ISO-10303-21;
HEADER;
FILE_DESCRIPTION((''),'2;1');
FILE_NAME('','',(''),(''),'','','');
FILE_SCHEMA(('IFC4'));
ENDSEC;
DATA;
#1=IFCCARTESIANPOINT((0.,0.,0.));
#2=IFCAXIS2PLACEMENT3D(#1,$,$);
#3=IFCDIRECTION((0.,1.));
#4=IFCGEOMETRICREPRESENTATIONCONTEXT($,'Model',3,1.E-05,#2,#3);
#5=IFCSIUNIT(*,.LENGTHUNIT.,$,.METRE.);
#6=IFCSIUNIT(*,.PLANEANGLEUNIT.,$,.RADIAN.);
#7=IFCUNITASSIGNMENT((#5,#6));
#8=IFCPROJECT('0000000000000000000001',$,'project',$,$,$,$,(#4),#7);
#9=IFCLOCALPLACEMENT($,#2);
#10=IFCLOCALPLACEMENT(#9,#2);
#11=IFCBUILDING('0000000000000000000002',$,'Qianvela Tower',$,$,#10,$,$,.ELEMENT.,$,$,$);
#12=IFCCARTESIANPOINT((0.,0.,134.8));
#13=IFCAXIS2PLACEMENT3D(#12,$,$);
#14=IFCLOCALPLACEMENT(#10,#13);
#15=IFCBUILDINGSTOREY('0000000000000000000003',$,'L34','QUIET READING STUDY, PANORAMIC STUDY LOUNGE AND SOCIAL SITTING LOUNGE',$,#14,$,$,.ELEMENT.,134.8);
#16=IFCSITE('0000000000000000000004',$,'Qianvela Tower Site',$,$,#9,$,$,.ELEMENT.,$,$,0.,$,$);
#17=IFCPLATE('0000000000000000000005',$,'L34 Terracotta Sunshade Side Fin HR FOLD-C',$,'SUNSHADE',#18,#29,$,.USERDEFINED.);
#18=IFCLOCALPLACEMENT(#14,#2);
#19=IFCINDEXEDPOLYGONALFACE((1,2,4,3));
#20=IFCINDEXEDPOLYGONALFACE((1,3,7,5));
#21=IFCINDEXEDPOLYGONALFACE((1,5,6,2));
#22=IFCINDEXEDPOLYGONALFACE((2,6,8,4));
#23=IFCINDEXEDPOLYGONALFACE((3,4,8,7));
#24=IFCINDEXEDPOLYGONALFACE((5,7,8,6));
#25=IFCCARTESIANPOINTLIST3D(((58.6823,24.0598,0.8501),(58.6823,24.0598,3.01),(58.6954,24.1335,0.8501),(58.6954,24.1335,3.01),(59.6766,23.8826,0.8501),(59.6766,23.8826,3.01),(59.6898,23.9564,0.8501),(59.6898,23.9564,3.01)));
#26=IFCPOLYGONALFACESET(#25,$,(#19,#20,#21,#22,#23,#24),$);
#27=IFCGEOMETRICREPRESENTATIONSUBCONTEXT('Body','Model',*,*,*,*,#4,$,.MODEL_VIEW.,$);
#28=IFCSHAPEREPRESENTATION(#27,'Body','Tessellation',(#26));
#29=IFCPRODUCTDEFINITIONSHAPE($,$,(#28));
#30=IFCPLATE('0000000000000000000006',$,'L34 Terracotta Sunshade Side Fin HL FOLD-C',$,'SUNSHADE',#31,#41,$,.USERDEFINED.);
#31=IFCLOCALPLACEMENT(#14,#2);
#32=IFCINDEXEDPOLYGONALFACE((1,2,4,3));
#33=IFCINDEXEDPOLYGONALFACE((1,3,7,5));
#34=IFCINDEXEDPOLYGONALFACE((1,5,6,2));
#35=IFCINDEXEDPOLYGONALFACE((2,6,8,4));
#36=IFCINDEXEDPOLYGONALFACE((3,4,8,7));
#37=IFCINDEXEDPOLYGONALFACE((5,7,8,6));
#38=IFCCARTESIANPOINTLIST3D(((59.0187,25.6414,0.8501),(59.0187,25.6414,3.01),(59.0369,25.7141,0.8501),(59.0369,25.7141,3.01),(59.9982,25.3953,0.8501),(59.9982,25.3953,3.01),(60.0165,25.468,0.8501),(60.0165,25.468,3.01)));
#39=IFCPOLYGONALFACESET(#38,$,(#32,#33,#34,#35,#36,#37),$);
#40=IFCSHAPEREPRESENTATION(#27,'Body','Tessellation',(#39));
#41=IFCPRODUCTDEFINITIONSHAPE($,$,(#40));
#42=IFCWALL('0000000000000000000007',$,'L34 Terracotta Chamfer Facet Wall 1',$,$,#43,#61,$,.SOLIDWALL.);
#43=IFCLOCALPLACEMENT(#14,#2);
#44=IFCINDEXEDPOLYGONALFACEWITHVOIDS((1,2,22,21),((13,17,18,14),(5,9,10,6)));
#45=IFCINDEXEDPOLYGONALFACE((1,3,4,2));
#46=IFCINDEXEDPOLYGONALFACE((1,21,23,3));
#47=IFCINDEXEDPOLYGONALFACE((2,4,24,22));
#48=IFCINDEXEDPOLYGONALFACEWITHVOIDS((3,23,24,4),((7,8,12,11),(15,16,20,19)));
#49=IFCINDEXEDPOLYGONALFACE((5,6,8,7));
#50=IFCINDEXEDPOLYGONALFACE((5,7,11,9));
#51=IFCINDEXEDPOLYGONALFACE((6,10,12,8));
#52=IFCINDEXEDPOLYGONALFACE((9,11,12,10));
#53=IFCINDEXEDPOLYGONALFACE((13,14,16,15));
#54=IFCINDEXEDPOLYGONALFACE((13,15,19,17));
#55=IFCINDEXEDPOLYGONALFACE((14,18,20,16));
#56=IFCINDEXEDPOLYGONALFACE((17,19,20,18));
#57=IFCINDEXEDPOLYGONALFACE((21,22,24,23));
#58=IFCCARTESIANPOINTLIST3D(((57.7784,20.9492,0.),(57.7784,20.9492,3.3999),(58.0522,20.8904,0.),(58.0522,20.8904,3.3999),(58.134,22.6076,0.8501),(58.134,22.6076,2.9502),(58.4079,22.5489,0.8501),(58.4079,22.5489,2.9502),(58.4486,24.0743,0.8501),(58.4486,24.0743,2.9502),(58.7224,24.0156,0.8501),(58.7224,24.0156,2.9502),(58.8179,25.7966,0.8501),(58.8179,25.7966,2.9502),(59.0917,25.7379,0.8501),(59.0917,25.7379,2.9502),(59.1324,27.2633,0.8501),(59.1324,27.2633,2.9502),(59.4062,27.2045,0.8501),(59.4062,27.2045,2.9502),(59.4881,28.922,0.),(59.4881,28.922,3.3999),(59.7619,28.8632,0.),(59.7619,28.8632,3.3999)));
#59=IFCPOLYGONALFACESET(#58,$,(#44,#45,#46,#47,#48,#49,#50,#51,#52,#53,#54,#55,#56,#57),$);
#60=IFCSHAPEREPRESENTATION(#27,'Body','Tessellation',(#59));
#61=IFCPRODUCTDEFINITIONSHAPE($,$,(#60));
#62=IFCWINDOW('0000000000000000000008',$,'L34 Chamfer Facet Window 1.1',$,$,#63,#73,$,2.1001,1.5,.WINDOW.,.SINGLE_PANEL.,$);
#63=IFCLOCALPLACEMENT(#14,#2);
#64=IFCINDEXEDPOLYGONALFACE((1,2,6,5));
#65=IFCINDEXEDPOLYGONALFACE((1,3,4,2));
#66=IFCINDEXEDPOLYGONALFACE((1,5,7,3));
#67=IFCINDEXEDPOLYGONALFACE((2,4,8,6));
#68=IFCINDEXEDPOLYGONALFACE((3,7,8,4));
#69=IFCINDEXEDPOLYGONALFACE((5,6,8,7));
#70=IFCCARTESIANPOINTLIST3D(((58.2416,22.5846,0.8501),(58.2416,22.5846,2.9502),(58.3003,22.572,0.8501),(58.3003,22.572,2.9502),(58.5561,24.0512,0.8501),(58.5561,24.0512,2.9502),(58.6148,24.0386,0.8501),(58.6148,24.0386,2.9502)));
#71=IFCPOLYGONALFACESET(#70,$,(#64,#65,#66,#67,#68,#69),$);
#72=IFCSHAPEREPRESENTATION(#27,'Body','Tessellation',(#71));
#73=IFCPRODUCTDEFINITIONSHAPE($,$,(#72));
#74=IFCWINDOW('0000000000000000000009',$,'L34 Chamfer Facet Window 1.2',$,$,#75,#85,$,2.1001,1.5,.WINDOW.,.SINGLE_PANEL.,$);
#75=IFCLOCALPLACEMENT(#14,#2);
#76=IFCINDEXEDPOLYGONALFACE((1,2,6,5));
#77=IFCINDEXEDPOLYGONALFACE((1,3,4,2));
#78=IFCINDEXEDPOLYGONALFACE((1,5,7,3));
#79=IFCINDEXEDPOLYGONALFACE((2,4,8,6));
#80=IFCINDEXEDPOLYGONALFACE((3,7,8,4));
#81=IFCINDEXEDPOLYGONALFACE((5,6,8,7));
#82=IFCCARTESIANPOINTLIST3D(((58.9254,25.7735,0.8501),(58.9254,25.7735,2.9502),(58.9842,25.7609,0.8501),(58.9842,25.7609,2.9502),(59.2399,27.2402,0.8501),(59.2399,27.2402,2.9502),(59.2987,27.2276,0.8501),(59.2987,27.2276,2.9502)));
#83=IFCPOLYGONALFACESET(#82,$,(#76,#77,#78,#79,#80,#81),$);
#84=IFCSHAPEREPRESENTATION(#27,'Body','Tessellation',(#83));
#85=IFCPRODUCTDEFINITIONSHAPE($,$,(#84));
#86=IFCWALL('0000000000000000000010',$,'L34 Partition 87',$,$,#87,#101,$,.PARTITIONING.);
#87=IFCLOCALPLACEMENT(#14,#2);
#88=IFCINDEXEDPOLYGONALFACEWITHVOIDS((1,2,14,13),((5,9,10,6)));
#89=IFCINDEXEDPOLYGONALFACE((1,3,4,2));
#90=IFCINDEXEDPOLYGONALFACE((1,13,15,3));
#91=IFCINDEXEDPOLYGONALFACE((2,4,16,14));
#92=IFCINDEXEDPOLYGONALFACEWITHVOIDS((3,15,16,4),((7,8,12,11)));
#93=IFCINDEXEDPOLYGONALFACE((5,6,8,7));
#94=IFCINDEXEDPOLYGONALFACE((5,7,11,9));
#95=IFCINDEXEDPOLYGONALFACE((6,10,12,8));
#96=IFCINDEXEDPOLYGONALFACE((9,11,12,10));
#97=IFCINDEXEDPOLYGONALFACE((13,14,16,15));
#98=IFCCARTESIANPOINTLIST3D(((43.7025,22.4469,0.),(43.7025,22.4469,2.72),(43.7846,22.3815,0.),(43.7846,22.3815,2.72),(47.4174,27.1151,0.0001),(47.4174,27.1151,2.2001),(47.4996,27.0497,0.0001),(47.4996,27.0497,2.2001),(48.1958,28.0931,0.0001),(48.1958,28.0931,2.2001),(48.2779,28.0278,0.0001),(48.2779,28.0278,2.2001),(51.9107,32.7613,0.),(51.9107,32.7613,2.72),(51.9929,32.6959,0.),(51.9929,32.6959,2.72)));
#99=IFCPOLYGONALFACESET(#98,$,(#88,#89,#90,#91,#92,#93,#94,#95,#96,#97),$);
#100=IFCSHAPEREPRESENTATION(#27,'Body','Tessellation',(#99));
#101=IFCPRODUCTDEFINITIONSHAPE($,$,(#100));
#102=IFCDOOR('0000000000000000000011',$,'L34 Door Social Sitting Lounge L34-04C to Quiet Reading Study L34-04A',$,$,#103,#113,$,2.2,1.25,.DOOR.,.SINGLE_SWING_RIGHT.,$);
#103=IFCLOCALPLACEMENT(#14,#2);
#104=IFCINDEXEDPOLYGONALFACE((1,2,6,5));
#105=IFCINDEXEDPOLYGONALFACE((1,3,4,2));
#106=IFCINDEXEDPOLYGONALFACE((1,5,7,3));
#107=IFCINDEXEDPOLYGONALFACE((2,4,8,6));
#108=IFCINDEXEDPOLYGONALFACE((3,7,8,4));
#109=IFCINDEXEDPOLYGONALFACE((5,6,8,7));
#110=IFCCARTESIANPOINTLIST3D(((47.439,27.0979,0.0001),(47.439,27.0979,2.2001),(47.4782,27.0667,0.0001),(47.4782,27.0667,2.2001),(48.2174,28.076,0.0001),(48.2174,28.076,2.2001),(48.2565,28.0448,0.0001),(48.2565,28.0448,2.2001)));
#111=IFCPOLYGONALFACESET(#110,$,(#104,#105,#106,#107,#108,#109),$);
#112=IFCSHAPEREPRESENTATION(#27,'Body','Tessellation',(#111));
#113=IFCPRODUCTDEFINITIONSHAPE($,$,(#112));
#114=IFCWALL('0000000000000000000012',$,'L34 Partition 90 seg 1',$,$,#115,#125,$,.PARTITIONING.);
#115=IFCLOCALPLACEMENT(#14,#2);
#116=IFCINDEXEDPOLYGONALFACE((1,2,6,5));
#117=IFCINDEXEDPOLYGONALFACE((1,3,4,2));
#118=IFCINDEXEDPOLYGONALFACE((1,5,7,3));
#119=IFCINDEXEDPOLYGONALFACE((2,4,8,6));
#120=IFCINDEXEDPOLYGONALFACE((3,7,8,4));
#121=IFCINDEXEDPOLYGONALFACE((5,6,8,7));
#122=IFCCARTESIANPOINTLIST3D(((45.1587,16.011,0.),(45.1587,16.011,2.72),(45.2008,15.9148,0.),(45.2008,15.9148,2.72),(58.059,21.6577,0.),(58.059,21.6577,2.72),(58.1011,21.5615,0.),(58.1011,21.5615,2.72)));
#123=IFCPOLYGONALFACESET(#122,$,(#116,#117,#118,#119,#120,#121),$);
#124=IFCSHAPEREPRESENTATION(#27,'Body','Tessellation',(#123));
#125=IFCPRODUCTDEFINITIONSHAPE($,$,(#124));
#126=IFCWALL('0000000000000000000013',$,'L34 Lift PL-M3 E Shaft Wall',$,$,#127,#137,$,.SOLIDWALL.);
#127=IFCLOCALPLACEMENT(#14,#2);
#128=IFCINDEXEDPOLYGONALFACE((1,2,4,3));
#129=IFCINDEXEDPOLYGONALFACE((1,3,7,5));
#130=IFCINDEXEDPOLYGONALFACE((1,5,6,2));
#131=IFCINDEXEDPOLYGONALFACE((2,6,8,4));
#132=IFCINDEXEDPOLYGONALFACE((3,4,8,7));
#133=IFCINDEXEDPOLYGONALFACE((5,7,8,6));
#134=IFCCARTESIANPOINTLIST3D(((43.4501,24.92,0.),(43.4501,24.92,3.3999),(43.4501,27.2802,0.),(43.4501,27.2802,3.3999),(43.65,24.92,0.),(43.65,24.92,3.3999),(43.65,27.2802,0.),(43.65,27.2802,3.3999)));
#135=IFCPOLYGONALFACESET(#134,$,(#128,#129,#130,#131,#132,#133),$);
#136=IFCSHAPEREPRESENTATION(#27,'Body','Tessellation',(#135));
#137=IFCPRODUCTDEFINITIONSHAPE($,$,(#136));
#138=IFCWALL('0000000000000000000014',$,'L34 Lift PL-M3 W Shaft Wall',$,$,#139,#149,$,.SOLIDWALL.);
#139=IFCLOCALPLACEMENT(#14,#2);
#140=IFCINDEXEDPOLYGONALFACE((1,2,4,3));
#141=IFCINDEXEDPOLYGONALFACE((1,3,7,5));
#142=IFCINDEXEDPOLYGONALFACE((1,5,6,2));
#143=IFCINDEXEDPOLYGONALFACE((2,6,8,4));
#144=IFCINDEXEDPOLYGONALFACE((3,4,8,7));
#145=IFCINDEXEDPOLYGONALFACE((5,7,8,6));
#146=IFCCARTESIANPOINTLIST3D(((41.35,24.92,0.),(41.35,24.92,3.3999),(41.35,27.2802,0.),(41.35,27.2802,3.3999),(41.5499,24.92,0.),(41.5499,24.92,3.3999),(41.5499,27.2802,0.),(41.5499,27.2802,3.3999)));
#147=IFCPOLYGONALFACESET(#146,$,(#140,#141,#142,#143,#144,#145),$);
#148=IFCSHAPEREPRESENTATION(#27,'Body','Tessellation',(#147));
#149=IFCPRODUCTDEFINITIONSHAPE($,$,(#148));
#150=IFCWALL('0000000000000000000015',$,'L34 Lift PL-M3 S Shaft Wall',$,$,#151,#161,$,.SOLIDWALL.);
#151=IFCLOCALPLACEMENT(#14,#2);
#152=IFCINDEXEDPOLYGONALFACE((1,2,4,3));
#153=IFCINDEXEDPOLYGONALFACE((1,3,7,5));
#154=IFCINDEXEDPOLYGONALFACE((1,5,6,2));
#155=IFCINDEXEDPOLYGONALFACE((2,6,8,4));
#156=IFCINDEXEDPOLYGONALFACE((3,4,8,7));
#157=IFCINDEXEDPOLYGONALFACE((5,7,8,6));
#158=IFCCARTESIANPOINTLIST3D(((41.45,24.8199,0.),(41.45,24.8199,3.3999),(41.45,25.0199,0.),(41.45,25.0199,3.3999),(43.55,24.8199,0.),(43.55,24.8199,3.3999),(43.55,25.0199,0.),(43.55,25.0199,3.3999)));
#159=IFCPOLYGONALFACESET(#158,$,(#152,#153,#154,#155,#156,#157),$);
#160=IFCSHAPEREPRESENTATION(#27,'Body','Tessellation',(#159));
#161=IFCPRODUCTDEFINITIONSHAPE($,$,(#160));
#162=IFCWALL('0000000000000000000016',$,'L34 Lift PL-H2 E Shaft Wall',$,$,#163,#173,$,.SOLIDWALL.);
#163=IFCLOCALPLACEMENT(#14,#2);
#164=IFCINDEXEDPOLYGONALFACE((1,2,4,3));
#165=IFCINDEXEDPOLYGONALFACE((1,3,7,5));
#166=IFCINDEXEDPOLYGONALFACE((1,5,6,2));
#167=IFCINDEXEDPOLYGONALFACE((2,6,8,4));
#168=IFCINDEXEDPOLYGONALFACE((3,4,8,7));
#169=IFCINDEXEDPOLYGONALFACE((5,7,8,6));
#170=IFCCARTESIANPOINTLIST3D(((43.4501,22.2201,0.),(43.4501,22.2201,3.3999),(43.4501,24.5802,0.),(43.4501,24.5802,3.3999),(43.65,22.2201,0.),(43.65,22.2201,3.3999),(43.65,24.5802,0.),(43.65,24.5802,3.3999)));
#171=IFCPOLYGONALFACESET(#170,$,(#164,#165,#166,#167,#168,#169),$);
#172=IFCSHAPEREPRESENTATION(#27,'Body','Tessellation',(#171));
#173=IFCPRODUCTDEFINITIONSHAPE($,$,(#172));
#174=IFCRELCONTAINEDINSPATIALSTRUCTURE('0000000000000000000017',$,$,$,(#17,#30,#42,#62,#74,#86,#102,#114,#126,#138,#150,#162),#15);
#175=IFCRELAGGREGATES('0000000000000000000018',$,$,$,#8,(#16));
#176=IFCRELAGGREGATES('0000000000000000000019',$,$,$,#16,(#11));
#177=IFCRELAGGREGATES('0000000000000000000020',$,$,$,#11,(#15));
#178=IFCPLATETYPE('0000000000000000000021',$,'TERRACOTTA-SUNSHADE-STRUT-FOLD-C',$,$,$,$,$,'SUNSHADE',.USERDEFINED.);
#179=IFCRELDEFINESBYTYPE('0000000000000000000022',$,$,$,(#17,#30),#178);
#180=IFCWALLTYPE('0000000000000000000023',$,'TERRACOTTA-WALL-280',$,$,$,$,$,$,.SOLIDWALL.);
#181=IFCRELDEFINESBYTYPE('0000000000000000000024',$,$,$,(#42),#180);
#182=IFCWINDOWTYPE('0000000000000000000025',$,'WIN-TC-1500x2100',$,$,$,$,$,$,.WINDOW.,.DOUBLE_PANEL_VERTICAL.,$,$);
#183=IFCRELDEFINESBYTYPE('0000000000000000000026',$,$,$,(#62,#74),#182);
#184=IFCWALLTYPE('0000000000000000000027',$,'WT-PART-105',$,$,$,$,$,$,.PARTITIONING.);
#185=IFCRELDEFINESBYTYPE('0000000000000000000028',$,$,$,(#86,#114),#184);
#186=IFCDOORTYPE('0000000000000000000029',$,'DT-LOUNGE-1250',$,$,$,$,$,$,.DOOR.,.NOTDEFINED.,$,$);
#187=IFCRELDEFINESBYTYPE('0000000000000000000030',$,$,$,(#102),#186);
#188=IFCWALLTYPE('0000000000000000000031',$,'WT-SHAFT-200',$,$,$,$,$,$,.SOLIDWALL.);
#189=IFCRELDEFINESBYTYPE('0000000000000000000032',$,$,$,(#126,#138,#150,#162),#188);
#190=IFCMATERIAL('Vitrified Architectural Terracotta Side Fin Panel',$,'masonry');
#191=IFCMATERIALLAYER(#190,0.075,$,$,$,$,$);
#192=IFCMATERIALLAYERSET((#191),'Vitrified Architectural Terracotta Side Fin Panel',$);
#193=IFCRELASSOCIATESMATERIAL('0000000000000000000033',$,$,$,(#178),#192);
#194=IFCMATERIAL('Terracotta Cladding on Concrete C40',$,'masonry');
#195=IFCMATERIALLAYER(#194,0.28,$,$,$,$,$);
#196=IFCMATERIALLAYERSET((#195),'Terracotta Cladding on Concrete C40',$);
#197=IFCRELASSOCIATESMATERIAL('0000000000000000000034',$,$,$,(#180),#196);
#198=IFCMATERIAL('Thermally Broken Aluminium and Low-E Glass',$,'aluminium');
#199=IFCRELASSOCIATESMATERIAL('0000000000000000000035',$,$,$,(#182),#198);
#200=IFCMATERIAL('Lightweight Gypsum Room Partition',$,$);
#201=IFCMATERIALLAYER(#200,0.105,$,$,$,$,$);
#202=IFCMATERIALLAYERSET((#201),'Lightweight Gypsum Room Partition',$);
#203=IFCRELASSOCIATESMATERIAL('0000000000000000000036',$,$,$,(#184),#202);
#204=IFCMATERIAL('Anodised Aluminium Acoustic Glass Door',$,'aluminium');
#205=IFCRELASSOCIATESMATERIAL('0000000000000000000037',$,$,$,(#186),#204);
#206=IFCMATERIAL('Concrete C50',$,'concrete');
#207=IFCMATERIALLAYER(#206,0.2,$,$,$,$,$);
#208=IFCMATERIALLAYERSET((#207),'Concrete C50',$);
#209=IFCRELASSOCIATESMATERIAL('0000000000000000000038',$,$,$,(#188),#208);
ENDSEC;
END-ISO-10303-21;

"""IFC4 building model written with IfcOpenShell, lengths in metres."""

from ifc_helpers import new_model, si_unit, direction, frame, frame_2d, origin, origin_2d, place, context, subcontext, project, spatial, rectangle, extrude, material, layer, layer_set, type_object, element, fill, save


model = new_model("IFC4")

# Units and contexts
model_context = context("Model", 3, precision=1e-05, world=origin(), true_north=direction((0.0, 1.0)))
body_context = subcontext(model_context, "Body", "Model", "MODEL_VIEW")
ifc_project = project(units=[si_unit("LENGTHUNIT", "METRE"), si_unit("PLANEANGLEUNIT", "RADIAN")], contexts=[model_context])

# Site, building, storey
site_placement = place(None, origin())
site = spatial("IfcSite", under=ifc_project, at=site_placement, Name="Qianvela Tower Site", CompositionType="ELEMENT", RefElevation=0.0)
building_placement = place(site_placement, origin())
building = spatial("IfcBuilding", under=site, at=building_placement, Name="Qianvela Tower", CompositionType="ELEMENT")
storey_placement = place(building_placement, frame((0.0, 0.0, 134.8)))
storey = spatial("IfcBuildingStorey", under=building, at=storey_placement, Name="L34", Description="QUIET READING STUDY, PANORAMIC STUDY LOUNGE AND SOCIAL SITTING LOUNGE", CompositionType="ELEMENT", Elevation=134.8)

# Plates
ifc_material_1 = material(Name="Vitrified Architectural Terracotta Side Fin Panel", Category="masonry")
ifc_layer_1 = layer(ifc_material_1, 0.075)
ifc_layer_set_1 = layer_set([ifc_layer_1], Name="Vitrified Architectural Terracotta Side Fin Panel")
plate_type_1 = type_object("IfcPlateType", Name="TERRACOTTA-SUNSHADE-STRUT-FOLD-C", ElementType="SUNSHADE", PredefinedType="USERDEFINED", material=ifc_layer_set_1)
for number, where, z_axis, x_axis, name in (
    (1, (59.186, 24.0081, 0.8501), (0.0, 0.0, 1.0), (0.175423, 0.984493, 0.0), "L34 Terracotta Sunshade Side Fin HR FOLD-C"),
    (2, (59.5176, 25.5547, 0.8501), (0.0, 0.0, 1.0), (0.243671, 0.969858, 0.0), "L34 Terracotta Sunshade Side Fin HL FOLD-C"),
):
    element("IfcPlate", number, at=place(storey_placement, frame(where, z_axis=z_axis, x_axis=x_axis)), inside=storey, type_object=plate_type_1, Name=name, ObjectType="SUNSHADE", PredefinedType="USERDEFINED", context=body_context, shape_type="SweptSolid", body=[
        extrude(rectangle(XDim=0.075, YDim=1.01, at=origin_2d()), origin(), (0.0, 0.0, 1.0), 2.1599),
    ])

# Wall, openings, windows
ifc_material_2 = material(Name="Terracotta Cladding on Concrete C40", Category="masonry")
ifc_layer_2 = layer(ifc_material_2, 0.28)
ifc_layer_set_2 = layer_set([ifc_layer_2], Name="Terracotta Cladding on Concrete C40")
wall_type_1 = type_object("IfcWallType", Name="TERRACOTTA-WALL-280", PredefinedType="SOLIDWALL", material=ifc_layer_set_2)
wall_1_placement = place(storey_placement, frame((57.9153, 20.9197, 0.0), z_axis=(0.0, 0.0, 1.0), x_axis=(0.209674, 0.977771, 0.0)))
wall_1 = element("IfcWall", 3, at=wall_1_placement, inside=storey, type_object=wall_type_1, Name="L34 Terracotta Chamfer Facet Wall 1", PredefinedType="SOLIDWALL", context=body_context, shape_type="SweptSolid", body=[
    extrude(rectangle(XDim=8.1541, YDim=0.28, at=frame_2d((4.0771, 0.0))), origin(), (0.0, 0.0, 1.0), 3.3999),
])
opening_1_placement = place(wall_1_placement, frame((1.6963, 0.0, 0.8501)))
opening_1 = element("IfcOpeningElement", 4, at=opening_1_placement, cuts=wall_1, PredefinedType="OPENING", context=body_context, shape_type="SweptSolid", body=[
    extrude(rectangle(XDim=1.5, YDim=2.1001, at=frame_2d((0.75, 1.05))), frame((0.0, 0.1499, 0.0), z_axis=(0.0, -1.0, 0.0), x_axis=(1.0, 0.0, 0.0)), (0.0, 0.0, 1.0), 0.3),
])
opening_2_placement = place(wall_1_placement, frame((4.9578, 0.0, 0.8501)))
opening_2 = element("IfcOpeningElement", 5, at=opening_2_placement, cuts=wall_1, PredefinedType="OPENING", context=body_context, shape_type="SweptSolid", body=[
    extrude(rectangle(XDim=1.5, YDim=2.1001, at=frame_2d((0.75, 1.05))), frame((0.0, 0.1499, 0.0), z_axis=(0.0, -1.0, 0.0), x_axis=(1.0, 0.0, 0.0)), (0.0, 0.0, 1.0), 0.3),
])
ifc_material_3 = material(Name="Thermally Broken Aluminium and Low-E Glass", Category="aluminium")
window_type = type_object("IfcWindowType", Name="WIN-TC-1500x2100", PartitioningType="DOUBLE_PANEL_VERTICAL", PredefinedType="WINDOW", material=ifc_material_3)
window_1_placement = place(opening_1_placement, origin())
window_1 = element("IfcWindow", 6, at=window_1_placement, inside=storey, type_object=window_type, Name="L34 Chamfer Facet Window 1.1", OverallHeight=2.1001, OverallWidth=1.5, PartitioningType="SINGLE_PANEL", PredefinedType="WINDOW", context=body_context, shape_type="SweptSolid", body=[
    extrude(rectangle(XDim=1.5, YDim=2.1001, at=frame_2d((0.75, 1.05))), frame((0.0, 0.03, 0.0), z_axis=(0.0, -1.0, 0.0), x_axis=(1.0, 0.0, 0.0)), (0.0, 0.0, 1.0), 0.0601),
])
fill(opening_1, window_1)
window_2_placement = place(opening_2_placement, origin())
window_2 = element("IfcWindow", 7, at=window_2_placement, inside=storey, type_object=window_type, Name="L34 Chamfer Facet Window 1.2", OverallHeight=2.1001, OverallWidth=1.5, PartitioningType="SINGLE_PANEL", PredefinedType="WINDOW", context=body_context, shape_type="SweptSolid", body=[
    extrude(rectangle(XDim=1.5, YDim=2.1001, at=frame_2d((0.75, 1.05))), frame((0.0, 0.03, 0.0), z_axis=(0.0, -1.0, 0.0), x_axis=(1.0, 0.0, 0.0)), (0.0, 0.0, 1.0), 0.0601),
])
fill(opening_2, window_2)

# Wall, opening, door
ifc_material_4 = material(Name="Lightweight Gypsum Room Partition")
ifc_layer_3 = layer(ifc_material_4, 0.105)
ifc_layer_set_3 = layer_set([ifc_layer_3], Name="Lightweight Gypsum Room Partition")
wall_type_2 = type_object("IfcWallType", Name="WT-PART-105", PredefinedType="PARTITIONING", material=ifc_layer_set_3)
wall_2_placement = place(storey_placement, frame((43.7437, 22.4143, 0.0), z_axis=(0.0, 0.0, 1.0), x_axis=(0.62269, 0.782469, 0.0)))
wall_2 = element("IfcWall", 8, at=wall_2_placement, inside=storey, type_object=wall_type_2, Name="L34 Partition 87", PredefinedType="PARTITIONING", context=body_context, shape_type="SweptSolid", body=[
    extrude(rectangle(XDim=13.1819, YDim=0.105, at=frame_2d((6.5908, 0.0))), origin(), (0.0, 0.0, 1.0), 2.72),
])
opening_3_placement = place(wall_2_placement, frame((5.9658, 0.0, 0.0)))
opening_3 = element("IfcOpeningElement", 9, at=opening_3_placement, cuts=wall_2, PredefinedType="OPENING", context=body_context, shape_type="SweptSolid", body=[
    extrude(rectangle(XDim=1.25, YDim=2.2, at=frame_2d((0.625, 1.1001))), frame((0.0, 0.0625, 0.0), z_axis=(0.0, -1.0, 0.0), x_axis=(1.0, 0.0, 0.0)), (0.0, 0.0, 1.0), 0.125),
])
ifc_material_5 = material(Name="Anodised Aluminium Acoustic Glass Door", Category="aluminium")
door_type = type_object("IfcDoorType", Name="DT-LOUNGE-1250", OperationType="NOTDEFINED", PredefinedType="DOOR", material=ifc_material_5)
door_placement = place(opening_3_placement, origin())
door = element("IfcDoor", 10, at=door_placement, inside=storey, type_object=door_type, Name="L34 Door Social Sitting Lounge L34-04C to Quiet Reading Study L34-04A", OperationType="SINGLE_SWING_RIGHT", OverallHeight=2.2, OverallWidth=1.25, PredefinedType="DOOR", context=body_context, shape_type="SweptSolid", body=[
    extrude(rectangle(XDim=1.25, YDim=2.2, at=frame_2d((0.625, 1.1001))), frame((0.0, 0.0249, 0.0), z_axis=(0.0, -1.0, 0.0), x_axis=(1.0, 0.0, 0.0)), (0.0, 0.0, 1.0), 0.05),
])
fill(opening_3, door)

# Walls
wall_3_placement = place(storey_placement, frame((58.0801, 21.6096, 0.0), z_axis=(0.0, 0.0, 1.0), x_axis=(-0.916084, -0.400986, 0.0)))
element("IfcWall", 11, at=wall_3_placement, inside=storey, type_object=wall_type_2, Name="L34 Partition 90 seg 1", PredefinedType="PARTITIONING", context=body_context, shape_type="SweptSolid", body=[
    extrude(rectangle(XDim=14.082, YDim=0.105, at=frame_2d((7.041, 0.0))), origin(), (0.0, 0.0, 1.0), 2.72),
])
ifc_material_6 = material(Name="Concrete C50", Category="concrete")
ifc_layer_4 = layer(ifc_material_6, 0.2)
ifc_layer_set_4 = layer_set([ifc_layer_4], Name="Concrete C50")
wall_type_3 = type_object("IfcWallType", Name="WT-SHAFT-200", PredefinedType="SOLIDWALL", material=ifc_layer_set_4)
for number, where, z_axis, x_axis, name in (
    (12, (43.55, 24.9199, 0.0), (0.0, 0.0, 1.0), (0.0, 1.0, 0.0), "L34 Lift PL-M3 E Shaft Wall"),
    (13, (41.45, 24.9199, 0.0), (0.0, 0.0, 1.0), (0.0, 1.0, 0.0), "L34 Lift PL-M3 W Shaft Wall"),
):
    element("IfcWall", number, at=place(storey_placement, frame(where, z_axis=z_axis, x_axis=x_axis)), inside=storey, type_object=wall_type_3, Name=name, PredefinedType="SOLIDWALL", context=body_context, shape_type="SweptSolid", body=[
        extrude(rectangle(XDim=2.3601, YDim=0.2, at=frame_2d((1.1802, 0.0))), origin(), (0.0, 0.0, 1.0), 3.3999),
    ])
wall_4_placement = place(storey_placement, frame((41.45, 24.9199, 0.0), z_axis=(0.0, 0.0, 1.0), x_axis=(1.0, 0.0, 0.0)))
element("IfcWall", 14, at=wall_4_placement, inside=storey, type_object=wall_type_3, Name="L34 Lift PL-M3 S Shaft Wall", PredefinedType="SOLIDWALL", context=body_context, shape_type="SweptSolid", body=[
    extrude(rectangle(XDim=2.1001, YDim=0.2, at=frame_2d((1.05, 0.0))), origin(), (0.0, 0.0, 1.0), 3.3999),
])
wall_5_placement = place(storey_placement, frame((43.55, 22.22, 0.0), z_axis=(0.0, 0.0, 1.0), x_axis=(0.0, 1.0, 0.0)))
element("IfcWall", 15, at=wall_5_placement, inside=storey, type_object=wall_type_3, Name="L34 Lift PL-H2 E Shaft Wall", PredefinedType="SOLIDWALL", context=body_context, shape_type="SweptSolid", body=[
    extrude(rectangle(XDim=2.3601, YDim=0.2, at=frame_2d((1.1802, 0.0))), origin(), (0.0, 0.0, 1.0), 3.3999),
])

save(model, "model.ifc")
